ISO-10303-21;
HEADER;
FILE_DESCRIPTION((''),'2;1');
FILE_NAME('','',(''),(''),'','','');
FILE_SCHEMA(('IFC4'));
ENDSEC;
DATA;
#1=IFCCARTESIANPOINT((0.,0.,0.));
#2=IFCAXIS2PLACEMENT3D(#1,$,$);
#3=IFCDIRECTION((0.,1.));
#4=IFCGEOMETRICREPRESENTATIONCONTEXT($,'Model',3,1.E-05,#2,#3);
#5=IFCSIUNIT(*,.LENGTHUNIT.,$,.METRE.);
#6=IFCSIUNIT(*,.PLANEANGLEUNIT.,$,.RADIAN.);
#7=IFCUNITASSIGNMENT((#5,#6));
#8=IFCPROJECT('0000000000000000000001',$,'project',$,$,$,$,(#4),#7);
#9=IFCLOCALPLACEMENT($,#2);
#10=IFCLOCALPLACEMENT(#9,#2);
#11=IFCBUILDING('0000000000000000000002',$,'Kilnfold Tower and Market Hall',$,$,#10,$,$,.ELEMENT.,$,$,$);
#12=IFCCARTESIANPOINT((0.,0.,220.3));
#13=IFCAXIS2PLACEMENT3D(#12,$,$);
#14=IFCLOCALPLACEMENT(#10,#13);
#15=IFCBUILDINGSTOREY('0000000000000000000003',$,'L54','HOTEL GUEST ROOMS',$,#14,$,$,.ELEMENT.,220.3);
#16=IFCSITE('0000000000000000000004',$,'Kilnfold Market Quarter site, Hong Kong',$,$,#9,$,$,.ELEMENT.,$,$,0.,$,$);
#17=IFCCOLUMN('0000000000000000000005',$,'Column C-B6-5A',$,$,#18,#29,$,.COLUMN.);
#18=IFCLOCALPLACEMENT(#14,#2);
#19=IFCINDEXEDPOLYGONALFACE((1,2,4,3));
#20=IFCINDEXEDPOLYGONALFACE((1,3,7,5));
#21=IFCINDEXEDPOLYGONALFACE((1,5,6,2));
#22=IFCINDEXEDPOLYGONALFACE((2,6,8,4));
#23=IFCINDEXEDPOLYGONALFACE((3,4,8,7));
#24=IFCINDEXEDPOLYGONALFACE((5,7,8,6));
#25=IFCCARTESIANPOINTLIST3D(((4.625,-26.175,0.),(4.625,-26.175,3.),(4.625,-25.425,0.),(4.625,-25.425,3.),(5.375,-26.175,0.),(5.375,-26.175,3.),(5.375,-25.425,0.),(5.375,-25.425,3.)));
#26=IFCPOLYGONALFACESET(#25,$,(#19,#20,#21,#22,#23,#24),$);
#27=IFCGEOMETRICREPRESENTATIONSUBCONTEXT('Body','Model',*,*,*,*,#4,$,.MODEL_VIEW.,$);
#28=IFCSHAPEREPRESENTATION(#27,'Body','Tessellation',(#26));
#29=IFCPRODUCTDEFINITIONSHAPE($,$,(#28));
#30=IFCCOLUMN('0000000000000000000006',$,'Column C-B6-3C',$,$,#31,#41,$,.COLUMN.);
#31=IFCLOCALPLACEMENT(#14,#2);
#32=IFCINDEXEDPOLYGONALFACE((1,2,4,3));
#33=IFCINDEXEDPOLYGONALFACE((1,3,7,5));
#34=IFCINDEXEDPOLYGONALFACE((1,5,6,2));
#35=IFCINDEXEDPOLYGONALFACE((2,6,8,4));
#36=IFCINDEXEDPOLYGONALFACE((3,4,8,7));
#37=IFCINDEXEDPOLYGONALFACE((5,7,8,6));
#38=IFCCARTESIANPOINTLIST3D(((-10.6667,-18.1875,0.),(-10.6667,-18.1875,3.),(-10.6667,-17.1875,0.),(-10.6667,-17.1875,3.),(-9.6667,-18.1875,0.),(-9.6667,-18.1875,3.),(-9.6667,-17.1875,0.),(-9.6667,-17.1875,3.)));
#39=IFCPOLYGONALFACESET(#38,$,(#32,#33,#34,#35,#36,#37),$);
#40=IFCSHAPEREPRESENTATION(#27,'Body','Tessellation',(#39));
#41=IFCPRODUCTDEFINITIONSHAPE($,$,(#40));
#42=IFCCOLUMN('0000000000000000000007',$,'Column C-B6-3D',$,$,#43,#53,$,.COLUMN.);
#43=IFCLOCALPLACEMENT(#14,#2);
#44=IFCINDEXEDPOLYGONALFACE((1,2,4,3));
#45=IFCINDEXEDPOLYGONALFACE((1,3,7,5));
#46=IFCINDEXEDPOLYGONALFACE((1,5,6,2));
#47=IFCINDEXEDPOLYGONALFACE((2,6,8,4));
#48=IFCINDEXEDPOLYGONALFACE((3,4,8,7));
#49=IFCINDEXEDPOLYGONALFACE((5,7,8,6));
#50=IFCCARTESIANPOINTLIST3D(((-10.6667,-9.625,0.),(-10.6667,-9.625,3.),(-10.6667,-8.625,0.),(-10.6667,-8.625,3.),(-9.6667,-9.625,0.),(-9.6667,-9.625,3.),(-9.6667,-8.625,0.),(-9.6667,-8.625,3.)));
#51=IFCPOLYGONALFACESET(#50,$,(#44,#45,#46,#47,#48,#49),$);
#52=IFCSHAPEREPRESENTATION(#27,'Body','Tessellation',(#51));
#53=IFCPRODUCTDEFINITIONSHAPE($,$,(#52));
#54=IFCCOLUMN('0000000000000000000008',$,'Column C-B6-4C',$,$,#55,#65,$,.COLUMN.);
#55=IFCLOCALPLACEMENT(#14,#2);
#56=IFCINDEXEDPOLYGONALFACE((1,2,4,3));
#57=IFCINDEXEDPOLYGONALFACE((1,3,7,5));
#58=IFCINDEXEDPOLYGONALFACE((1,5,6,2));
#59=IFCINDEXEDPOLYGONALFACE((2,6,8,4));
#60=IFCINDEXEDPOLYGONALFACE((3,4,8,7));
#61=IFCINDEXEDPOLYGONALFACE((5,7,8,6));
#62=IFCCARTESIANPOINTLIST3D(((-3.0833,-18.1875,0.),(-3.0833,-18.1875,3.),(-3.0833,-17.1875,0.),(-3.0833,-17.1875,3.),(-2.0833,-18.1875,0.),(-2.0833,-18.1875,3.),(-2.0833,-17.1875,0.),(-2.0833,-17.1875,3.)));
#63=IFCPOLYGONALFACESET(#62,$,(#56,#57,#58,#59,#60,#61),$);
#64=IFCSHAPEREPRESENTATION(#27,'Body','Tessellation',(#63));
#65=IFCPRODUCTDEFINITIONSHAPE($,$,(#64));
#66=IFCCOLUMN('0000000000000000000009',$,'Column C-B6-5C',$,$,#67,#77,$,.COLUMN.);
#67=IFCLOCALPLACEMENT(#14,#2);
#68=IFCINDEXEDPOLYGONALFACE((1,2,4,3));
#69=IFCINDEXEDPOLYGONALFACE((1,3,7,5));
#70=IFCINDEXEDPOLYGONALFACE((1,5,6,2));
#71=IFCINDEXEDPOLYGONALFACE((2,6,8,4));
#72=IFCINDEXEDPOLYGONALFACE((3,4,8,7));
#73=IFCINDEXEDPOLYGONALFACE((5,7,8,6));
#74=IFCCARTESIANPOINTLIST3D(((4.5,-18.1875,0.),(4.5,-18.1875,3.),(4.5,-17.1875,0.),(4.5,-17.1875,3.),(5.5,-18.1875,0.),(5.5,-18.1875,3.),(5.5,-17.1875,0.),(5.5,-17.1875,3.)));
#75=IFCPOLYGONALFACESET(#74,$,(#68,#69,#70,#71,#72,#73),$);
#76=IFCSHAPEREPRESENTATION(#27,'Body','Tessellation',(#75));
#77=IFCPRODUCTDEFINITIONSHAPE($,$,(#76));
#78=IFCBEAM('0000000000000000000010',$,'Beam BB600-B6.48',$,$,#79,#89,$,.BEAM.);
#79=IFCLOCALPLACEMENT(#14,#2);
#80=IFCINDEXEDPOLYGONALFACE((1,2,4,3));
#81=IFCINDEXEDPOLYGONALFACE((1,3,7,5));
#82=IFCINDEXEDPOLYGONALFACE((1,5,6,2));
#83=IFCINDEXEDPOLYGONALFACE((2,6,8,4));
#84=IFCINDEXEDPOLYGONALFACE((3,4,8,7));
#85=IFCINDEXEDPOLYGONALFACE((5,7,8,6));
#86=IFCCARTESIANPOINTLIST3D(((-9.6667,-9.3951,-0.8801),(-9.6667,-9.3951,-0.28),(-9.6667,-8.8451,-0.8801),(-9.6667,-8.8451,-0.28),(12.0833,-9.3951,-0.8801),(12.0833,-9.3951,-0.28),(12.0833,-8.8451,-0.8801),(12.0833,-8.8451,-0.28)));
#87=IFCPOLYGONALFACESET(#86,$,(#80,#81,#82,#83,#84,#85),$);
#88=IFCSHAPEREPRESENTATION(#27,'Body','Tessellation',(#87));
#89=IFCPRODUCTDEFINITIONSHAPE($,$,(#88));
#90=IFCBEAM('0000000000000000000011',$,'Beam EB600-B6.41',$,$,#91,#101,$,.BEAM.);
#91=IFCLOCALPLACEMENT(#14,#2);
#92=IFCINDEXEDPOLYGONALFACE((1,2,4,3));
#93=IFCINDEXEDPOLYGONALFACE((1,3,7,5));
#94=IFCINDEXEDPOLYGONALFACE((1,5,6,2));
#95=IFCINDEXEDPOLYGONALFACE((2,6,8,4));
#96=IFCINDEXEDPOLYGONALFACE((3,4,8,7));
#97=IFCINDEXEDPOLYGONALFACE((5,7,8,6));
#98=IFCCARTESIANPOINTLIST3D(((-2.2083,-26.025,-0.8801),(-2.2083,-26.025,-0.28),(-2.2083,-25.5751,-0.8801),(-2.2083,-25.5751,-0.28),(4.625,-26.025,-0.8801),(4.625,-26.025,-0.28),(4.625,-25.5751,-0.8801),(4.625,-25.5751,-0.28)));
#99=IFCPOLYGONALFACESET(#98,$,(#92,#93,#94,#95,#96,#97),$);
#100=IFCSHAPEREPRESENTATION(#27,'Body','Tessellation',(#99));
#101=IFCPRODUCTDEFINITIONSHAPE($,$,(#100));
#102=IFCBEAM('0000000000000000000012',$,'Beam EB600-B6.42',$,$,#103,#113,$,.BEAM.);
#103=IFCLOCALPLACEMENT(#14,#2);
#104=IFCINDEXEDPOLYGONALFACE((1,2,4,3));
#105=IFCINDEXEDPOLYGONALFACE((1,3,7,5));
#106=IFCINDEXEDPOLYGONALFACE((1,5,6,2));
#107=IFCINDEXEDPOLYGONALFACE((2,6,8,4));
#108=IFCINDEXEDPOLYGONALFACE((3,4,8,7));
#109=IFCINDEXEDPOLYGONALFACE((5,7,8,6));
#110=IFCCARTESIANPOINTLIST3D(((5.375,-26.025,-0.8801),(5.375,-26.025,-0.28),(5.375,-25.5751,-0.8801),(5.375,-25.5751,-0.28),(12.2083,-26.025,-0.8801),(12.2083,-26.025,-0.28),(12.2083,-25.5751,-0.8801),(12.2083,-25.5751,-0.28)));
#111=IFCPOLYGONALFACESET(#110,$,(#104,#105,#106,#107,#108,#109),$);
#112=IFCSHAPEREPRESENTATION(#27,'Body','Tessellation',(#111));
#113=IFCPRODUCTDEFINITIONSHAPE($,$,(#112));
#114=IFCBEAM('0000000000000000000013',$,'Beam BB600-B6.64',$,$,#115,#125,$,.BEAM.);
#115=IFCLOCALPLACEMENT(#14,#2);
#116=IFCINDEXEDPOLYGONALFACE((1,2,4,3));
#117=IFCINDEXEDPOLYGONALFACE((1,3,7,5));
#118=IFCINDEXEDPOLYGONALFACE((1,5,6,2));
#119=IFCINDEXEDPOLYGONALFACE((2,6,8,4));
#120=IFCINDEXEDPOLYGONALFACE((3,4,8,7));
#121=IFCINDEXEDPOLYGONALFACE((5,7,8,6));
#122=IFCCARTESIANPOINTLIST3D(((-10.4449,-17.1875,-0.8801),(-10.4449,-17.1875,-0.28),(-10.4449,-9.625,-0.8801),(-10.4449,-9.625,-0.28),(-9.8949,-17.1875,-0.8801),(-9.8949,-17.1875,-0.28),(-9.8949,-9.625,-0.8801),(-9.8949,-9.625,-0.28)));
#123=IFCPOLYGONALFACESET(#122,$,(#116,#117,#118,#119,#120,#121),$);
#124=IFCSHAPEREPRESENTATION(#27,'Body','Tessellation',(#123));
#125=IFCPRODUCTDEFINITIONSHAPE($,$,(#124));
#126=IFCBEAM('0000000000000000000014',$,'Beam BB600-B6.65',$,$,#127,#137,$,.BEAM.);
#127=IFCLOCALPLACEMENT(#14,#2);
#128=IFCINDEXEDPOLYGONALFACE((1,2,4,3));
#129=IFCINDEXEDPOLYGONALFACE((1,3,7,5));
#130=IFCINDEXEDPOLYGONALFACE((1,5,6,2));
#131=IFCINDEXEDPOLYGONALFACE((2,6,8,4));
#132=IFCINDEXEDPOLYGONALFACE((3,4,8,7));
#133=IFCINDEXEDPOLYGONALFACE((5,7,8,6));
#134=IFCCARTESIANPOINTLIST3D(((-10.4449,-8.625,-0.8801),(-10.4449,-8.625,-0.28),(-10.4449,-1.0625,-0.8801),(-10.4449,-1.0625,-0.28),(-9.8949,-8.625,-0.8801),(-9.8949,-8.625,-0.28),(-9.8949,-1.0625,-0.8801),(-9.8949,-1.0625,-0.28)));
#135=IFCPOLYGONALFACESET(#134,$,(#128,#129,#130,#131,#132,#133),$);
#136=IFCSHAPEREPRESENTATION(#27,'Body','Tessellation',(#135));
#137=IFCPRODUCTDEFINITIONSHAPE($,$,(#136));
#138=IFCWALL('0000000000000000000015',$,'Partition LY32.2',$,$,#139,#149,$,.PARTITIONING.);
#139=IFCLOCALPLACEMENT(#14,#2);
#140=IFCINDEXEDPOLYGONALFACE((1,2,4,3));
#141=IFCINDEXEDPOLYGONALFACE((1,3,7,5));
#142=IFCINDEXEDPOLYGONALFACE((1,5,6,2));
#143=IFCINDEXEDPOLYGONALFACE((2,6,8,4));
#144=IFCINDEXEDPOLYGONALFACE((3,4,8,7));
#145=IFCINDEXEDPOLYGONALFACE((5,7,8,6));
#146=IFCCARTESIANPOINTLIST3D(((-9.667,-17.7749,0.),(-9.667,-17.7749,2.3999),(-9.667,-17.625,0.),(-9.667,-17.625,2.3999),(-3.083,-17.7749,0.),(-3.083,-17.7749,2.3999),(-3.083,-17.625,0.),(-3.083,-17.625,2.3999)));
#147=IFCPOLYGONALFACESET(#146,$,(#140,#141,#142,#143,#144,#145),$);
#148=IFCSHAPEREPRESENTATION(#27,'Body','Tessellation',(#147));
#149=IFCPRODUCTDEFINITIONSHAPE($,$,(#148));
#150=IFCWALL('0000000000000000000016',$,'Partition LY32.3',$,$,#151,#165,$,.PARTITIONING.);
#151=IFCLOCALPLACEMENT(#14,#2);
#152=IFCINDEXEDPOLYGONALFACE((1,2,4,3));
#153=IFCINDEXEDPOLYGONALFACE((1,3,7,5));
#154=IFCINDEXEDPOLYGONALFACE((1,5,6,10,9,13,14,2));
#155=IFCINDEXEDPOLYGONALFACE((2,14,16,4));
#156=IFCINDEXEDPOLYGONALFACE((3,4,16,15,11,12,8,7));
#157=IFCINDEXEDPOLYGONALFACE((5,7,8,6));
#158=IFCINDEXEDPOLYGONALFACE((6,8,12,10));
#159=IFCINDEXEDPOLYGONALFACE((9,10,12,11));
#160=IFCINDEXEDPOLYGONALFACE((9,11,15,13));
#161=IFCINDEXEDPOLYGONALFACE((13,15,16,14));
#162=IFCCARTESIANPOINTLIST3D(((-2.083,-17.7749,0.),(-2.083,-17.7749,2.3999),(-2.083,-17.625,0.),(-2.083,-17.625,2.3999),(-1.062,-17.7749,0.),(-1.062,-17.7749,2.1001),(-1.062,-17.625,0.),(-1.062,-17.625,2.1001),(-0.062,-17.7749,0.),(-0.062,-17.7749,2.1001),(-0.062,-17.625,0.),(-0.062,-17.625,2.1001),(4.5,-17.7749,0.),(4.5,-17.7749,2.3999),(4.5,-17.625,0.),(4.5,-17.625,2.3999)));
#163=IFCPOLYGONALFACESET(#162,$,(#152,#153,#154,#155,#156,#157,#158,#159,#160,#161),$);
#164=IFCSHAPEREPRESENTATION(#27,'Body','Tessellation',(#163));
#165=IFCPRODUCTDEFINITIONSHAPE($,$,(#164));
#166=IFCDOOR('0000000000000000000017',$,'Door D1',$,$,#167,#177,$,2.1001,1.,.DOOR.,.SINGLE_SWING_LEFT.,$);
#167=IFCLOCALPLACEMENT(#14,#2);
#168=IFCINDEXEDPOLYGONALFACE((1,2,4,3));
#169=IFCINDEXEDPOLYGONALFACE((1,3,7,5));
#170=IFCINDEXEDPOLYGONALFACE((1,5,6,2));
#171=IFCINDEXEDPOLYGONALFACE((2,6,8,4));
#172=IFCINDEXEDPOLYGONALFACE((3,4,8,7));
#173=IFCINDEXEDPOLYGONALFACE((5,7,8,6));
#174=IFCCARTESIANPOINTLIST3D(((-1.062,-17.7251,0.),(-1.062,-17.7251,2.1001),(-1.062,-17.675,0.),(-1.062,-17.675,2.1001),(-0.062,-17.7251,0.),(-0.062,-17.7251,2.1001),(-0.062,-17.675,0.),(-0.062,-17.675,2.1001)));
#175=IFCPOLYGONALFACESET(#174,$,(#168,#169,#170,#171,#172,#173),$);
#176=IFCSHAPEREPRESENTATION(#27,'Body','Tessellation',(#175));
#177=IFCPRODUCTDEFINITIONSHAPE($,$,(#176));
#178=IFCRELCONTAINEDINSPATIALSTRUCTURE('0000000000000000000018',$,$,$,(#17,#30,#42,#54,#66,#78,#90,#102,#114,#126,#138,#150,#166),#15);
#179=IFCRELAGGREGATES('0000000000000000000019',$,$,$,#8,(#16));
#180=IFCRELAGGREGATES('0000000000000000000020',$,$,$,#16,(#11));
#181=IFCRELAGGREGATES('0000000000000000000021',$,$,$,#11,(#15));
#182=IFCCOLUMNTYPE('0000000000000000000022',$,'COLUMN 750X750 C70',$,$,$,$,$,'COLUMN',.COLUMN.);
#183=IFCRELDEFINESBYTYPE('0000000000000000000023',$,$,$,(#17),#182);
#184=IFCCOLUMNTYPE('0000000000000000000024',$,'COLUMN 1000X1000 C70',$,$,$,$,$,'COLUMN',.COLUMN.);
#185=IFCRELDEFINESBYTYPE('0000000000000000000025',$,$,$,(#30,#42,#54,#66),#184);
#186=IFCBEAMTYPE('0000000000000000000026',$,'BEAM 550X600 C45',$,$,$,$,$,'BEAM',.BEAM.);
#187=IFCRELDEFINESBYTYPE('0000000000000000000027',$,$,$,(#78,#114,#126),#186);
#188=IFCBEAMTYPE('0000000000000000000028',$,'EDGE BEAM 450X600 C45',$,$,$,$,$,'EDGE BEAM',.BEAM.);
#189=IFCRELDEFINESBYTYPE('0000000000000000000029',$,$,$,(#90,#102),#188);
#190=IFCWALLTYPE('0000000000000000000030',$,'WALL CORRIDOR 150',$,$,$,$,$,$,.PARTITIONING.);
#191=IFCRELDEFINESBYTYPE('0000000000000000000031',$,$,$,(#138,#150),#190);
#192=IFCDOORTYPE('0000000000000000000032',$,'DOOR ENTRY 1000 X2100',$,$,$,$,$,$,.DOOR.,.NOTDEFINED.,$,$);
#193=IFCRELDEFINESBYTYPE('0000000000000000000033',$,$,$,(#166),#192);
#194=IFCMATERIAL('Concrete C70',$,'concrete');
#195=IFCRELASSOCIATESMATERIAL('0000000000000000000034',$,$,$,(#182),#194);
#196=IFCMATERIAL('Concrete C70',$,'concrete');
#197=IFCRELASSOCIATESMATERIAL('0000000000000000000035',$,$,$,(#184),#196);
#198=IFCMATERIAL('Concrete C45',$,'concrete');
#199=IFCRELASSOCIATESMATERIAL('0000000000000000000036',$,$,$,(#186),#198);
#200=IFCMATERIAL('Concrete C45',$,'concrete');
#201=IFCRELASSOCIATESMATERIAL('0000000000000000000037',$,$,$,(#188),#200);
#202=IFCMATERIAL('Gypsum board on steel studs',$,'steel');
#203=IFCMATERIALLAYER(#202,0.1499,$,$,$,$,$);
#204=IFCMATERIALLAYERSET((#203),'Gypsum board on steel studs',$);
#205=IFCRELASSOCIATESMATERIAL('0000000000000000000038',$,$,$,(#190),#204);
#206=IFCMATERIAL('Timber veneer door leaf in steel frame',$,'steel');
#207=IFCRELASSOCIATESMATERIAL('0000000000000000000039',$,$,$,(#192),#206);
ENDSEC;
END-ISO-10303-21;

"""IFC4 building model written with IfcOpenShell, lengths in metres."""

from ifc_helpers import new_model, si_unit, direction, frame, frame_2d, origin, origin_2d, place, context, subcontext, project, spatial, rectangle, extrude, source, transform, mapped, material, layer, layer_set, material_profile, profile_set, type_object, element, fill, save


model = new_model("IFC4")

# Units and contexts
model_context = context("Model", 3, precision=1e-05, world=origin(), true_north=direction((0.0, 1.0)))
body_context = subcontext(model_context, "Body", "Model", "MODEL_VIEW")
ifc_project = project(units=[si_unit("LENGTHUNIT", "METRE"), si_unit("PLANEANGLEUNIT", "RADIAN")], contexts=[model_context])

# Site, building, storey
site_placement = place(None, origin())
site = spatial("IfcSite", under=ifc_project, at=site_placement, Name="Kilnfold Market Quarter site, Hong Kong", CompositionType="ELEMENT", RefElevation=0.0)
building_placement = place(site_placement, origin())
building = spatial("IfcBuilding", under=site, at=building_placement, Name="Kilnfold Tower and Market Hall", CompositionType="ELEMENT")
storey_placement = place(building_placement, frame((0.0, 0.0, 220.3)))
storey = spatial("IfcBuildingStorey", under=building, at=storey_placement, Name="L54", Description="HOTEL GUEST ROOMS", CompositionType="ELEMENT", Elevation=220.3)

# Columns
ifc_material_1 = material(Name="Concrete C70", Category="concrete")
ifc_material_profile_1 = material_profile(ifc_material_1, rectangle(XDim=0.75, YDim=0.75, at=origin_2d()), Name="RC 750x750")
ifc_profile_set_1 = profile_set([ifc_material_profile_1], Name="Concrete C70")
column_type_1 = type_object("IfcColumnType", Name="COLUMN 750X750 C70", ElementType="COLUMN", PredefinedType="COLUMN", material=ifc_profile_set_1)
shared_shape_1 = source(origin(), body_context, "Body", "SweptSolid", [
    extrude(rectangle(XDim=0.75, YDim=0.75, at=origin_2d()), origin(), (0.0, 0.0, 1.0), 3.0),
])
column_placement = place(storey_placement, frame((5.0, -25.8, 0.0), z_axis=(0.0, 0.0, 1.0), x_axis=(1.0, 0.0, 0.0)))
element("IfcColumn", 1, at=column_placement, inside=storey, type_object=column_type_1, Name="Column C-B6-5A", PredefinedType="COLUMN", context=body_context, shape_type="MappedRepresentation", body=[
    mapped(shared_shape_1, transform((0.0, 0.0, 0.0))),
])
ifc_material_2 = material(Name="Concrete C70", Category="concrete")
ifc_material_profile_2 = material_profile(ifc_material_2, rectangle(XDim=1.0, YDim=1.0, at=origin_2d()), Name="RC 1000x1000")
ifc_profile_set_2 = profile_set([ifc_material_profile_2], Name="Concrete C70")
column_type_2 = type_object("IfcColumnType", Name="COLUMN 1000X1000 C70", ElementType="COLUMN", PredefinedType="COLUMN", material=ifc_profile_set_2)
shared_shape_2 = source(origin(), body_context, "Body", "SweptSolid", [
    extrude(rectangle(XDim=1.0, YDim=1.0, at=origin_2d()), origin(), (0.0, 0.0, 1.0), 3.0),
])
for number, where, z_axis, x_axis, name in (
    (2, (-10.1667, -17.6875, 0.0), (0.0, 0.0, 1.0), (1.0, 0.0, 0.0), "Column C-B6-3C"),
    (3, (-10.1667, -9.125, 0.0), (0.0, 0.0, 1.0), (1.0, 0.0, 0.0), "Column C-B6-3D"),
    (4, (-2.5833, -17.6875, 0.0), (0.0, 0.0, 1.0), (1.0, 0.0, 0.0), "Column C-B6-4C"),
    (5, (5.0, -17.6875, 0.0), (0.0, 0.0, 1.0), (1.0, 0.0, 0.0), "Column C-B6-5C"),
):
    element("IfcColumn", number, at=place(storey_placement, frame(where, z_axis=z_axis, x_axis=x_axis)), inside=storey, type_object=column_type_2, Name=name, PredefinedType="COLUMN", context=body_context, shape_type="MappedRepresentation", body=[
        mapped(shared_shape_2, transform((0.0, 0.0, 0.0))),
    ])

# Beams
ifc_material_3 = material(Name="Concrete C45", Category="concrete")
ifc_material_profile_3 = material_profile(ifc_material_3, rectangle(XDim=0.55, YDim=0.6001, at=origin_2d()), Name="RC 550x600")
ifc_profile_set_3 = profile_set([ifc_material_profile_3], Name="Concrete C45")
beam_type_1 = type_object("IfcBeamType", Name="BEAM 550X600 C45", ElementType="BEAM", PredefinedType="BEAM", material=ifc_profile_set_3)
shared_shape_3 = source(origin(), body_context, "Body", "SweptSolid", [
    extrude(rectangle(XDim=0.55, YDim=0.6001, at=origin_2d()), origin(), (0.0, 0.0, 1.0), 21.75),
])
beam_placement = place(storey_placement, frame((-9.6667, -9.1201, -0.5801), z_axis=(1.0, 0.0, 0.0), x_axis=(0.0, 1.0, 0.0)))
element("IfcBeam", 6, at=beam_placement, inside=storey, type_object=beam_type_1, Name="Beam BB600-B6.48", PredefinedType="BEAM", context=body_context, shape_type="MappedRepresentation", body=[
    mapped(shared_shape_3, transform((0.0, 0.0, 0.0))),
])
ifc_material_4 = material(Name="Concrete C45", Category="concrete")
ifc_material_profile_4 = material_profile(ifc_material_4, rectangle(XDim=0.45, YDim=0.6001, at=origin_2d()), Name="RC 450x600")
ifc_profile_set_4 = profile_set([ifc_material_profile_4], Name="Concrete C45")
beam_type_2 = type_object("IfcBeamType", Name="EDGE BEAM 450X600 C45", ElementType="EDGE BEAM", PredefinedType="BEAM", material=ifc_profile_set_4)
shared_shape_4 = source(origin(), body_context, "Body", "SweptSolid", [
    extrude(rectangle(XDim=0.45, YDim=0.6001, at=origin_2d()), origin(), (0.0, 0.0, 1.0), 6.8333),
])
for number, where, z_axis, x_axis, name in (
    (7, (-2.2083, -25.8, -0.5801), (1.0, 0.0, 0.0), (0.0, 1.0, 0.0), "Beam EB600-B6.41"),
    (8, (5.375, -25.8, -0.5801), (1.0, 0.0, 0.0), (0.0, 1.0, 0.0), "Beam EB600-B6.42"),
):
    element("IfcBeam", number, at=place(storey_placement, frame(where, z_axis=z_axis, x_axis=x_axis)), inside=storey, type_object=beam_type_2, Name=name, PredefinedType="BEAM", context=body_context, shape_type="MappedRepresentation", body=[
        mapped(shared_shape_4, transform((0.0, 0.0, 0.0))),
    ])
shared_shape_5 = source(origin(), body_context, "Body", "SweptSolid", [
    extrude(rectangle(XDim=0.55, YDim=0.6001, at=origin_2d()), origin(), (0.0, 0.0, 1.0), 7.5625),
])
for number, where, z_axis, x_axis, name in (
    (9, (-10.1699, -17.1875, -0.5801), (0.0, 1.0, 0.0), (-1.0, 0.0, 0.0), "Beam BB600-B6.64"),
    (10, (-10.1699, -8.625, -0.5801), (0.0, 1.0, 0.0), (-1.0, 0.0, 0.0), "Beam BB600-B6.65"),
):
    element("IfcBeam", number, at=place(storey_placement, frame(where, z_axis=z_axis, x_axis=x_axis)), inside=storey, type_object=beam_type_1, Name=name, PredefinedType="BEAM", context=body_context, shape_type="MappedRepresentation", body=[
        mapped(shared_shape_5, transform((0.0, 0.0, 0.0))),
    ])

# Wall
ifc_material_5 = material(Name="Gypsum board on steel studs", Category="steel")
ifc_layer_1 = layer(ifc_material_5, 0.1499)
ifc_layer_set_1 = layer_set([ifc_layer_1], Name="Gypsum board on steel studs")
wall_type_1 = type_object("IfcWallType", Name="WALL CORRIDOR 150", PredefinedType="PARTITIONING", material=ifc_layer_set_1)
wall_1_placement = place(storey_placement, frame((-9.667, -17.7, 0.0), z_axis=(0.0, 0.0, 1.0), x_axis=(1.0, 0.0, 0.0)))
element("IfcWall", 11, at=wall_1_placement, inside=storey, type_object=wall_type_1, Name="Partition LY32.2", PredefinedType="PARTITIONING", context=body_context, shape_type="SweptSolid", body=[
    extrude(rectangle(XDim=6.584, YDim=0.1499, at=frame_2d((3.292, 0.0))), origin(), (0.0, 0.0, 1.0), 2.3999),
])

# Wall, opening, door
wall_2_placement = place(storey_placement, frame((-2.083, -17.7, 0.0), z_axis=(0.0, 0.0, 1.0), x_axis=(1.0, 0.0, 0.0)))
wall_2 = element("IfcWall", 12, at=wall_2_placement, inside=storey, type_object=wall_type_1, Name="Partition LY32.3", PredefinedType="PARTITIONING", context=body_context, shape_type="SweptSolid", body=[
    extrude(rectangle(XDim=6.583, YDim=0.1499, at=frame_2d((3.2915, 0.0))), origin(), (0.0, 0.0, 1.0), 2.3999),
])
opening_1_placement = place(wall_2_placement, frame((1.021, 0.0, 0.0)))
opening_1 = element("IfcOpeningElement", 13, at=opening_1_placement, cuts=wall_2, PredefinedType="OPENING", context=body_context, shape_type="SweptSolid", body=[
    extrude(rectangle(XDim=1.0, YDim=2.1001, at=frame_2d((0.5, 1.05))), frame((0.0, 0.085, 0.0), z_axis=(0.0, -1.0, 0.0), x_axis=(1.0, 0.0, 0.0)), (0.0, 0.0, 1.0), 0.1699),
])
ifc_material_6 = material(Name="Timber veneer door leaf in steel frame", Category="steel")
door_type_1 = type_object("IfcDoorType", Name="DOOR ENTRY 1000 X2100", OperationType="NOTDEFINED", PredefinedType="DOOR", material=ifc_material_6)
door_1_placement = place(opening_1_placement, origin())
door_1 = element("IfcDoor", 14, at=door_1_placement, inside=storey, type_object=door_type_1, Name="Door D1", OperationType="SINGLE_SWING_LEFT", OverallHeight=2.1001, OverallWidth=1.0, PredefinedType="DOOR", context=body_context, shape_type="SweptSolid", body=[
    extrude(rectangle(XDim=1.0, YDim=2.1001, at=frame_2d((0.5, 1.05))), frame((0.0, 0.0249, 0.0), z_axis=(0.0, -1.0, 0.0), x_axis=(1.0, 0.0, 0.0)), (0.0, 0.0, 1.0), 0.05),
])
fill(opening_1, door_1)

save(model, "model.ifc")
